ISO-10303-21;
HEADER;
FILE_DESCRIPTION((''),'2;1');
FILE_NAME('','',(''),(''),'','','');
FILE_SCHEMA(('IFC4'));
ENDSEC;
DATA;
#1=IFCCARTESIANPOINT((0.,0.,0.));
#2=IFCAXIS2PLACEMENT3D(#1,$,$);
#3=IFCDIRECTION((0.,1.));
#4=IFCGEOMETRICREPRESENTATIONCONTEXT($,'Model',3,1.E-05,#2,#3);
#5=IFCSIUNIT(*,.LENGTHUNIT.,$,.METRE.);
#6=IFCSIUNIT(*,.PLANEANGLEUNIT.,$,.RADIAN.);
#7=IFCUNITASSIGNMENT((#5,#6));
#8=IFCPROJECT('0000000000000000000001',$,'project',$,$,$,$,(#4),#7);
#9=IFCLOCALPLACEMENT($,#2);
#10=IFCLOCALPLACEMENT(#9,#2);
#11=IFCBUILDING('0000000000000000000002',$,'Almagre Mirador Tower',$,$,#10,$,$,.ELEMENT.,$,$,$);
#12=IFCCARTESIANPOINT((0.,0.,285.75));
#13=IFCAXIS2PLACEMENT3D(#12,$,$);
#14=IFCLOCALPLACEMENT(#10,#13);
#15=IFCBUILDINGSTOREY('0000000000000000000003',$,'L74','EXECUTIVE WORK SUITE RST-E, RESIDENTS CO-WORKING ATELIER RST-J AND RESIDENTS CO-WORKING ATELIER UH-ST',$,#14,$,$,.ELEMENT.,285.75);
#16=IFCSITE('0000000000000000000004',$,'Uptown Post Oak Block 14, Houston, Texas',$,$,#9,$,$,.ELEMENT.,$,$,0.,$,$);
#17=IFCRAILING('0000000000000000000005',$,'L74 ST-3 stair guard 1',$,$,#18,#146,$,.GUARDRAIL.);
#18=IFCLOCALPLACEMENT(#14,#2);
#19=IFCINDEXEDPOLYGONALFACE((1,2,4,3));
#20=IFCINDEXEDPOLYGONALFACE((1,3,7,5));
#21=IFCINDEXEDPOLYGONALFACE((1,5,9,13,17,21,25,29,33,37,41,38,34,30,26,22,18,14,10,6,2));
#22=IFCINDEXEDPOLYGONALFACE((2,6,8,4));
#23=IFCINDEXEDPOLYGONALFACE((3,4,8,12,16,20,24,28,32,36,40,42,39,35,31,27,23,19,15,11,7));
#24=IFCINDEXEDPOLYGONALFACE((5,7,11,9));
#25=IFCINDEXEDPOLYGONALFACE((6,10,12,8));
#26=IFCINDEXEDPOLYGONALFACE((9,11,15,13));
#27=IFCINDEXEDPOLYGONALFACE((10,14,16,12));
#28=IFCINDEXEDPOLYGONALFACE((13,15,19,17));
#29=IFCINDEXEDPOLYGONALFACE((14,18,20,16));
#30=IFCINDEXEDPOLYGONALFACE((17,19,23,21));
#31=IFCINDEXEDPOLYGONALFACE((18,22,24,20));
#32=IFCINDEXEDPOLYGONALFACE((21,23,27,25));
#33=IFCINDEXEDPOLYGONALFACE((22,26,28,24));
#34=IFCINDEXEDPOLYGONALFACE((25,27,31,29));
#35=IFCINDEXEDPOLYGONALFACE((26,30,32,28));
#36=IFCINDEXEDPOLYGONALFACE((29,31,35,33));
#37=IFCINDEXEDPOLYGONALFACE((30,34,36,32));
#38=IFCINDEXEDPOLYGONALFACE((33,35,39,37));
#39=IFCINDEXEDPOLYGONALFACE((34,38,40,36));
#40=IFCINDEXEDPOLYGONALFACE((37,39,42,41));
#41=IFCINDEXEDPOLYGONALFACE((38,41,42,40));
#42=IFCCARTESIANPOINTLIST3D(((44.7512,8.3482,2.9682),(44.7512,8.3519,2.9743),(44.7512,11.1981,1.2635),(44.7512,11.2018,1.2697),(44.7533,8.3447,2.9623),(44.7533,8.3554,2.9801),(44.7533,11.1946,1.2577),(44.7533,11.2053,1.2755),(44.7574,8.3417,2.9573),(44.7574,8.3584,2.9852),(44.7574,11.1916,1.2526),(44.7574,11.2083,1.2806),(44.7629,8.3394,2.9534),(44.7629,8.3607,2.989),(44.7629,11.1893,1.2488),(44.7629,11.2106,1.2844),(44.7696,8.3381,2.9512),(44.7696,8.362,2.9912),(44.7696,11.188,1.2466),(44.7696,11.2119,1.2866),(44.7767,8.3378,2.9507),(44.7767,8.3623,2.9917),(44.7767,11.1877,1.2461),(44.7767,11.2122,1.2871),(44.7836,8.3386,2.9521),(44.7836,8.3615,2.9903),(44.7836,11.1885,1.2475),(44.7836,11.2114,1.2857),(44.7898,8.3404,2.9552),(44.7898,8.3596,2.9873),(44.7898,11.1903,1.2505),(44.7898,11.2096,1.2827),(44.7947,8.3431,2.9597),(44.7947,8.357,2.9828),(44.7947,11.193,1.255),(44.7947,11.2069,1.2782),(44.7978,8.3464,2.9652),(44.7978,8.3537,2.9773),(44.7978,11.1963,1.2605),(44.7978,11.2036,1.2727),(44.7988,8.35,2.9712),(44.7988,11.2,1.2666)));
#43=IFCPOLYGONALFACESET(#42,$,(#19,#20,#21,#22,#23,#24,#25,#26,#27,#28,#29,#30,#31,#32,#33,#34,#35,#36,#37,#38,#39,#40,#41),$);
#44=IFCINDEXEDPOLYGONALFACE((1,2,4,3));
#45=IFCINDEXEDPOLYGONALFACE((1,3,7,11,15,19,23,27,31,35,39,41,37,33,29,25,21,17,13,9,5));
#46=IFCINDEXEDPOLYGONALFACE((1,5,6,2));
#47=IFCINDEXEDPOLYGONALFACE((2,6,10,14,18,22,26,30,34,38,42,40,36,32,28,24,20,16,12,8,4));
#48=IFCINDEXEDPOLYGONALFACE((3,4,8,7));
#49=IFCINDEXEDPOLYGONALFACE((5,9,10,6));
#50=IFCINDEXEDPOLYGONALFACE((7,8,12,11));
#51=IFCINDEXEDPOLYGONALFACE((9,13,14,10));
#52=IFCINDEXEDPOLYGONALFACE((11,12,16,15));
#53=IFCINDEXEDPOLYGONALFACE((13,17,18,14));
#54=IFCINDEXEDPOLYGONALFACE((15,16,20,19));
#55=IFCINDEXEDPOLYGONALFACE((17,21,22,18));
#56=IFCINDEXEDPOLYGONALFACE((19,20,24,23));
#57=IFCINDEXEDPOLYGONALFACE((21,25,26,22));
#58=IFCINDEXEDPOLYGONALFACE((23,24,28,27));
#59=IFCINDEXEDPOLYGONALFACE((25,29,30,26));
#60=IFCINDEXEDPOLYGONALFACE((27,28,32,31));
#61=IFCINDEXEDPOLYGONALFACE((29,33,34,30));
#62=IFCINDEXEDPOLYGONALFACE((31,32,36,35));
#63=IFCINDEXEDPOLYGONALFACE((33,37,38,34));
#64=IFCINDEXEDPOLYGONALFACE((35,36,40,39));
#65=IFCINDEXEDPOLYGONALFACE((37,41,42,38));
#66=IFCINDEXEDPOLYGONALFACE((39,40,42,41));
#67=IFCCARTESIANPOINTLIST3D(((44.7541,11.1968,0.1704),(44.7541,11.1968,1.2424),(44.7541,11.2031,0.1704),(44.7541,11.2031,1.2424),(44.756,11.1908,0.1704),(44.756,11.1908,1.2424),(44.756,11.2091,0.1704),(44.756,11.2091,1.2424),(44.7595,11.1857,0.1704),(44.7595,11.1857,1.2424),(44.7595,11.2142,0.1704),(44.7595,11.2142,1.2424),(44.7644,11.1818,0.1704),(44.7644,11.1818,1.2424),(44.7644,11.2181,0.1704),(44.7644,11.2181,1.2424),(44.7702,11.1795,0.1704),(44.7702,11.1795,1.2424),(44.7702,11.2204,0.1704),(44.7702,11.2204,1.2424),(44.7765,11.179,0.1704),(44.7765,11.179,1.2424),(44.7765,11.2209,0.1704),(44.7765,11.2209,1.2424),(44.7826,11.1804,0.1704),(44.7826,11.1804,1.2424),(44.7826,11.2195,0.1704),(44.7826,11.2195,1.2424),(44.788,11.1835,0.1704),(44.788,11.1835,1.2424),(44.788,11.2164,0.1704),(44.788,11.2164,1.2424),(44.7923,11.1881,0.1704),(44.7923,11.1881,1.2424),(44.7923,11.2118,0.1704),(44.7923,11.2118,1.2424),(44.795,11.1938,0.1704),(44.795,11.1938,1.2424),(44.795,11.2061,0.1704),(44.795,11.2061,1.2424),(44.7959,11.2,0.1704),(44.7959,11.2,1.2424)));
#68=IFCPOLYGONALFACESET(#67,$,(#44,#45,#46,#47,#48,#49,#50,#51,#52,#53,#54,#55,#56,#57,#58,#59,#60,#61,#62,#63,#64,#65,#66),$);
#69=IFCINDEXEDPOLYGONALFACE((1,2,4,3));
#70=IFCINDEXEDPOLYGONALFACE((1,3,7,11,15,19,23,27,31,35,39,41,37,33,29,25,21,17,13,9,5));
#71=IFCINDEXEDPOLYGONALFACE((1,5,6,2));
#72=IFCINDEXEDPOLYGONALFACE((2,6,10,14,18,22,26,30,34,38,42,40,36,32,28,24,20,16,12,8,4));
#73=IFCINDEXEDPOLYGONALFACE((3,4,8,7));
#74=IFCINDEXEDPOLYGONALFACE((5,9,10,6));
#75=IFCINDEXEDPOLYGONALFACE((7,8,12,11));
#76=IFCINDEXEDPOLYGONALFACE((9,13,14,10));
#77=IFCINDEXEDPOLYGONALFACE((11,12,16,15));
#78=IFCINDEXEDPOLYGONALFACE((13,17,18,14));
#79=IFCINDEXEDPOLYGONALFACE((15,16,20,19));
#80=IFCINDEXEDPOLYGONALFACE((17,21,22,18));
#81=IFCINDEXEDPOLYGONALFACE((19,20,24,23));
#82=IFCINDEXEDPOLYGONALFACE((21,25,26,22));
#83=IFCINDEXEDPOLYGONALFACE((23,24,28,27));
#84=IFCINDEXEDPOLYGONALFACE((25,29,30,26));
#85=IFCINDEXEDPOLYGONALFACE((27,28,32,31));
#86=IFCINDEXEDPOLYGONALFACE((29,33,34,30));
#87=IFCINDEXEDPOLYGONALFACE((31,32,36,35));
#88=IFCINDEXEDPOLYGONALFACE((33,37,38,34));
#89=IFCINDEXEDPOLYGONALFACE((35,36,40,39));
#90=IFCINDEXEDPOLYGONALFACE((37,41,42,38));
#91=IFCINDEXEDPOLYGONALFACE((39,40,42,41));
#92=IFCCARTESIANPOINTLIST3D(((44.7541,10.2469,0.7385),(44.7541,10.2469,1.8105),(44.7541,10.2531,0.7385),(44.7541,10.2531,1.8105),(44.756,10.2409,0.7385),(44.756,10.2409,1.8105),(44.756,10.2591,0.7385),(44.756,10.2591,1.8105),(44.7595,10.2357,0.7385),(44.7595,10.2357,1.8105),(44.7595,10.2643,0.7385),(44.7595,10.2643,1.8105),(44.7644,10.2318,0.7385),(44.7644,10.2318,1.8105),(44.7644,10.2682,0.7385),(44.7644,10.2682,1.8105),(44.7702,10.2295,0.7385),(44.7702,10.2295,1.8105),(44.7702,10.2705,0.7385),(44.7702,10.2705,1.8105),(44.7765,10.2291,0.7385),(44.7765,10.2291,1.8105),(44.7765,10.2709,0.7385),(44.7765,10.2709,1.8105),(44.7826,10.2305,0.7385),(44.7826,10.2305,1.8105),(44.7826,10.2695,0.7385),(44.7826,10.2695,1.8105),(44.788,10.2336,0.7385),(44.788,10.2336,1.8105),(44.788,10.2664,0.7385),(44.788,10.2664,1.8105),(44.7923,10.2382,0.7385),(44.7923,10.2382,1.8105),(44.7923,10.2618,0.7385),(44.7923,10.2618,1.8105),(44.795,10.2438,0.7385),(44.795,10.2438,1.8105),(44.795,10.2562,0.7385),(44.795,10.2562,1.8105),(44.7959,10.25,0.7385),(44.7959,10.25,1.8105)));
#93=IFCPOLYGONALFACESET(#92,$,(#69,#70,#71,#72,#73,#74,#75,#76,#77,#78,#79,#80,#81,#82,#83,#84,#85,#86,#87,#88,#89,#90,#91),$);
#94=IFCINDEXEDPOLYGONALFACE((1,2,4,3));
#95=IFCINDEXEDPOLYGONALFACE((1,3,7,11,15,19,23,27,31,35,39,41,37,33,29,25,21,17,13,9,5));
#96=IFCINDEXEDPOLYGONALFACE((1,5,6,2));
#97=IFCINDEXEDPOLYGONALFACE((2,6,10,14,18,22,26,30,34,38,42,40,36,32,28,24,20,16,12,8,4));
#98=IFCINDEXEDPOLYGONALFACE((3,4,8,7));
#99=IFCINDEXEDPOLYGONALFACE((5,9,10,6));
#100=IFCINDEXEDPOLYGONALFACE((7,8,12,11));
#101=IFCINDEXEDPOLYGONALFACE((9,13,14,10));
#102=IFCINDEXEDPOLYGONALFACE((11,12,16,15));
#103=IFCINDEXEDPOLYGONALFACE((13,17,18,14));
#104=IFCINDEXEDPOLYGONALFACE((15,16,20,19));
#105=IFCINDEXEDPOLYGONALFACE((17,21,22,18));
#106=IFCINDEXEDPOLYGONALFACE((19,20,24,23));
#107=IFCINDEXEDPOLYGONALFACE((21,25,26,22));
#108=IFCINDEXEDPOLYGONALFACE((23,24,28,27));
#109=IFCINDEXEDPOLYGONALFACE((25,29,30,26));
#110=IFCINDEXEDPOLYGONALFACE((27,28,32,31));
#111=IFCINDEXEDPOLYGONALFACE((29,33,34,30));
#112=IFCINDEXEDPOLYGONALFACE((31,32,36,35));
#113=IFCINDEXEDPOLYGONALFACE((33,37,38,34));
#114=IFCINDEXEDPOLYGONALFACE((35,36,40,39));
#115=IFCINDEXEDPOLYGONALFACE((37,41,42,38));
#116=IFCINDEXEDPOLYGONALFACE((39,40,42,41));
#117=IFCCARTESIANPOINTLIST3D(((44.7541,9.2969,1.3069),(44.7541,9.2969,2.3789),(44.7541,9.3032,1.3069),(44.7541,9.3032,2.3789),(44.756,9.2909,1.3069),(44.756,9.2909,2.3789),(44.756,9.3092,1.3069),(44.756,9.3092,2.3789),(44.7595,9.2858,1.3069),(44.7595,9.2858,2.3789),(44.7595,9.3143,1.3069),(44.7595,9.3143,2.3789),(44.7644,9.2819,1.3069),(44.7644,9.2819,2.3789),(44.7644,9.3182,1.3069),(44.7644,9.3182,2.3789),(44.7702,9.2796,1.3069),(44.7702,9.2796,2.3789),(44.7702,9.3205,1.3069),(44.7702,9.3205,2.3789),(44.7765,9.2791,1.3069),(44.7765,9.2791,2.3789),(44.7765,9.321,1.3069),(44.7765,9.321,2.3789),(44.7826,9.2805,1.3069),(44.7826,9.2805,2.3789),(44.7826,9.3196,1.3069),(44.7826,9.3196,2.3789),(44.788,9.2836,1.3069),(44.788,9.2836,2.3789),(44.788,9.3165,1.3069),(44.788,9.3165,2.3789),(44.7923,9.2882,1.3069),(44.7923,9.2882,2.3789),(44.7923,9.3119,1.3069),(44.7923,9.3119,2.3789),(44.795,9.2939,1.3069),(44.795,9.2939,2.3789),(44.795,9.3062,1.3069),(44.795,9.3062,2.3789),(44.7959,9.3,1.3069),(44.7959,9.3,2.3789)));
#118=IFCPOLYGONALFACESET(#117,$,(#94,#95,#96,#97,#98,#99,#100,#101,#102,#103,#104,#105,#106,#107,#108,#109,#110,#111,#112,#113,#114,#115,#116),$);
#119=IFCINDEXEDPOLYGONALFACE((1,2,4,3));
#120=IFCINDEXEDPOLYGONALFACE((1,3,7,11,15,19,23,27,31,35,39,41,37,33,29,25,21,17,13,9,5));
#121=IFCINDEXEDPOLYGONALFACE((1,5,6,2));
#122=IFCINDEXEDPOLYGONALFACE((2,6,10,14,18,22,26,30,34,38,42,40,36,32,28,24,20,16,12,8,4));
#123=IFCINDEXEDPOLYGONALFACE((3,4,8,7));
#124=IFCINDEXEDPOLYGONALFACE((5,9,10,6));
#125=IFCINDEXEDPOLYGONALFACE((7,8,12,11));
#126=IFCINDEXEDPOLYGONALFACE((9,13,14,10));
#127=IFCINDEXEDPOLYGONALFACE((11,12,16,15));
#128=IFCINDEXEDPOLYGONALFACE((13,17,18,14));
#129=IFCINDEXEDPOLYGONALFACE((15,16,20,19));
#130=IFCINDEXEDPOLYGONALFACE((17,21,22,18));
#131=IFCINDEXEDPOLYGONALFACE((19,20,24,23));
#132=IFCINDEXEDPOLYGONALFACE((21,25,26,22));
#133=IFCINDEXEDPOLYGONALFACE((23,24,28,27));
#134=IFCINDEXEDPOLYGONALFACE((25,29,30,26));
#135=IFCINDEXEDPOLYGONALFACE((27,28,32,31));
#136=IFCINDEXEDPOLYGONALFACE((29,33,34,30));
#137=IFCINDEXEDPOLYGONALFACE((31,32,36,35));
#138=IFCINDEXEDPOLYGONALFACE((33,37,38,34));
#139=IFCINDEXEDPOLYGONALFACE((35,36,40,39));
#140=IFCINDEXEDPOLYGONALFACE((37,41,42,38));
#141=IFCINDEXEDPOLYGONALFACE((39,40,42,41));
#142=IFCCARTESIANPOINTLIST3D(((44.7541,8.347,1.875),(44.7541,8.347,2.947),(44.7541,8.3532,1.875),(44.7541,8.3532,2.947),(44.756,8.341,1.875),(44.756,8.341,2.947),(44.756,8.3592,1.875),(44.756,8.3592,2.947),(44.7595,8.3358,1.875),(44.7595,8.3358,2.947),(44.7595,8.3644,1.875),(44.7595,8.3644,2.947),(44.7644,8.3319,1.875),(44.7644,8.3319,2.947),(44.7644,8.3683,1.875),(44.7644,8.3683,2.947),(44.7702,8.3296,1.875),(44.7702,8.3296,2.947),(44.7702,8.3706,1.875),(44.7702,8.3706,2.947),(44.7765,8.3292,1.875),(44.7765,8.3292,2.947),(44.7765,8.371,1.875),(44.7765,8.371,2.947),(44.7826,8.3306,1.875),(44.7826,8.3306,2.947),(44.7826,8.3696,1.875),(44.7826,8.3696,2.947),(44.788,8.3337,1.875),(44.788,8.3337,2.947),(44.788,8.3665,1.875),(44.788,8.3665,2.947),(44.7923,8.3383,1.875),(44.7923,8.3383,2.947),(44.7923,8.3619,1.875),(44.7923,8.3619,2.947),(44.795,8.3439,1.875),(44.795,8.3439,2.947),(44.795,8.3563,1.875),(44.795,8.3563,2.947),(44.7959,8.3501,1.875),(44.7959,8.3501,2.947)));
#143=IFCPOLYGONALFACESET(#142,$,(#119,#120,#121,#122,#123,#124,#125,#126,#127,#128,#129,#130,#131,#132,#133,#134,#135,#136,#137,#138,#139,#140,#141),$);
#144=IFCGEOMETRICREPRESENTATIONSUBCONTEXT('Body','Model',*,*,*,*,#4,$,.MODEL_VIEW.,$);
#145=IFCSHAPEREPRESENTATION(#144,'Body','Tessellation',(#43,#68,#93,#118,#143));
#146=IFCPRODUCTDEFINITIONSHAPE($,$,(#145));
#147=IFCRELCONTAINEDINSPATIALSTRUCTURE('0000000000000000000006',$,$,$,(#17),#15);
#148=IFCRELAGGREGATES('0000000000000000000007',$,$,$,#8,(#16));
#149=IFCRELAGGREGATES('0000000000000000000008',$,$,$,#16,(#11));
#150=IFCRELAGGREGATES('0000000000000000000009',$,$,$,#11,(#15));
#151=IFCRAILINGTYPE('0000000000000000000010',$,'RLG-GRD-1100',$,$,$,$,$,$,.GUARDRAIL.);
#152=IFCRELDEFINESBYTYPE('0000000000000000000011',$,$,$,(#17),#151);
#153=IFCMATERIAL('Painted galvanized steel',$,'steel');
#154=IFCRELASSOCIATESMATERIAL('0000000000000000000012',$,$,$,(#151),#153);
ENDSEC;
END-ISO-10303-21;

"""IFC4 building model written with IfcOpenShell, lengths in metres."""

from ifc_helpers import new_model, si_unit, direction, frame, origin, origin_2d, place, context, subcontext, project, spatial, circle, extrude, material, type_object, element, save


model = new_model("IFC4")

# Units and contexts
model_context = context("Model", 3, precision=1e-05, world=origin(), true_north=direction((0.0, 1.0)))
body_context = subcontext(model_context, "Body", "Model", "MODEL_VIEW")
ifc_project = project(units=[si_unit("LENGTHUNIT", "METRE"), si_unit("PLANEANGLEUNIT", "RADIAN")], contexts=[model_context])

# Site, building, storey
site_placement = place(None, origin())
site = spatial("IfcSite", under=ifc_project, at=site_placement, Name="Uptown Post Oak Block 14, Houston, Texas", CompositionType="ELEMENT", RefElevation=0.0)
building_placement = place(site_placement, origin())
building = spatial("IfcBuilding", under=site, at=building_placement, Name="Almagre Mirador Tower", CompositionType="ELEMENT")
storey_placement = place(building_placement, frame((0.0, 0.0, 285.75)))
storey = spatial("IfcBuildingStorey", under=building, at=storey_placement, Name="L74", Description="EXECUTIVE WORK SUITE RST-E, RESIDENTS CO-WORKING ATELIER RST-J AND RESIDENTS CO-WORKING ATELIER UH-ST", CompositionType="ELEMENT", Elevation=285.75)

# Railing
ifc_material_1 = material(Name="Painted galvanized steel", Category="steel")
railing_type_1 = type_object("IfcRailingType", Name="RLG-GRD-1100", PredefinedType="GUARDRAIL", material=ifc_material_1)
railing_1_placement = place(storey_placement, frame((44.7749, 11.2, 0.1704)))
element("IfcRailing", 1, at=railing_1_placement, inside=storey, type_object=railing_type_1, Name="L74 ST-3 stair guard 1", PredefinedType="GUARDRAIL", context=body_context, shape_type="SweptSolid", body=[
    extrude(circle(Radius=0.0239, at=origin_2d()), frame((0.0, 0.0, 1.0962), z_axis=(0.0, -0.858199, 0.513317), x_axis=(1.0, 0.0, 0.0)), (0.0, 0.0, 1.0), 3.3208),
    extrude(circle(Radius=0.021, at=origin_2d()), origin(), (0.0, 0.0, 1.0), 1.072),
    extrude(circle(Radius=0.021, at=origin_2d()), frame((0.0, -0.95, 0.5681)), (0.0, 0.0, 1.0), 1.072),
    extrude(circle(Radius=0.021, at=origin_2d()), frame((0.0, -1.8999, 1.1365)), (0.0, 0.0, 1.0), 1.072),
    extrude(circle(Radius=0.021, at=origin_2d()), frame((0.0, -2.8499, 1.7046)), (0.0, 0.0, 1.0), 1.072),
])

save(model, "model.ifc")
